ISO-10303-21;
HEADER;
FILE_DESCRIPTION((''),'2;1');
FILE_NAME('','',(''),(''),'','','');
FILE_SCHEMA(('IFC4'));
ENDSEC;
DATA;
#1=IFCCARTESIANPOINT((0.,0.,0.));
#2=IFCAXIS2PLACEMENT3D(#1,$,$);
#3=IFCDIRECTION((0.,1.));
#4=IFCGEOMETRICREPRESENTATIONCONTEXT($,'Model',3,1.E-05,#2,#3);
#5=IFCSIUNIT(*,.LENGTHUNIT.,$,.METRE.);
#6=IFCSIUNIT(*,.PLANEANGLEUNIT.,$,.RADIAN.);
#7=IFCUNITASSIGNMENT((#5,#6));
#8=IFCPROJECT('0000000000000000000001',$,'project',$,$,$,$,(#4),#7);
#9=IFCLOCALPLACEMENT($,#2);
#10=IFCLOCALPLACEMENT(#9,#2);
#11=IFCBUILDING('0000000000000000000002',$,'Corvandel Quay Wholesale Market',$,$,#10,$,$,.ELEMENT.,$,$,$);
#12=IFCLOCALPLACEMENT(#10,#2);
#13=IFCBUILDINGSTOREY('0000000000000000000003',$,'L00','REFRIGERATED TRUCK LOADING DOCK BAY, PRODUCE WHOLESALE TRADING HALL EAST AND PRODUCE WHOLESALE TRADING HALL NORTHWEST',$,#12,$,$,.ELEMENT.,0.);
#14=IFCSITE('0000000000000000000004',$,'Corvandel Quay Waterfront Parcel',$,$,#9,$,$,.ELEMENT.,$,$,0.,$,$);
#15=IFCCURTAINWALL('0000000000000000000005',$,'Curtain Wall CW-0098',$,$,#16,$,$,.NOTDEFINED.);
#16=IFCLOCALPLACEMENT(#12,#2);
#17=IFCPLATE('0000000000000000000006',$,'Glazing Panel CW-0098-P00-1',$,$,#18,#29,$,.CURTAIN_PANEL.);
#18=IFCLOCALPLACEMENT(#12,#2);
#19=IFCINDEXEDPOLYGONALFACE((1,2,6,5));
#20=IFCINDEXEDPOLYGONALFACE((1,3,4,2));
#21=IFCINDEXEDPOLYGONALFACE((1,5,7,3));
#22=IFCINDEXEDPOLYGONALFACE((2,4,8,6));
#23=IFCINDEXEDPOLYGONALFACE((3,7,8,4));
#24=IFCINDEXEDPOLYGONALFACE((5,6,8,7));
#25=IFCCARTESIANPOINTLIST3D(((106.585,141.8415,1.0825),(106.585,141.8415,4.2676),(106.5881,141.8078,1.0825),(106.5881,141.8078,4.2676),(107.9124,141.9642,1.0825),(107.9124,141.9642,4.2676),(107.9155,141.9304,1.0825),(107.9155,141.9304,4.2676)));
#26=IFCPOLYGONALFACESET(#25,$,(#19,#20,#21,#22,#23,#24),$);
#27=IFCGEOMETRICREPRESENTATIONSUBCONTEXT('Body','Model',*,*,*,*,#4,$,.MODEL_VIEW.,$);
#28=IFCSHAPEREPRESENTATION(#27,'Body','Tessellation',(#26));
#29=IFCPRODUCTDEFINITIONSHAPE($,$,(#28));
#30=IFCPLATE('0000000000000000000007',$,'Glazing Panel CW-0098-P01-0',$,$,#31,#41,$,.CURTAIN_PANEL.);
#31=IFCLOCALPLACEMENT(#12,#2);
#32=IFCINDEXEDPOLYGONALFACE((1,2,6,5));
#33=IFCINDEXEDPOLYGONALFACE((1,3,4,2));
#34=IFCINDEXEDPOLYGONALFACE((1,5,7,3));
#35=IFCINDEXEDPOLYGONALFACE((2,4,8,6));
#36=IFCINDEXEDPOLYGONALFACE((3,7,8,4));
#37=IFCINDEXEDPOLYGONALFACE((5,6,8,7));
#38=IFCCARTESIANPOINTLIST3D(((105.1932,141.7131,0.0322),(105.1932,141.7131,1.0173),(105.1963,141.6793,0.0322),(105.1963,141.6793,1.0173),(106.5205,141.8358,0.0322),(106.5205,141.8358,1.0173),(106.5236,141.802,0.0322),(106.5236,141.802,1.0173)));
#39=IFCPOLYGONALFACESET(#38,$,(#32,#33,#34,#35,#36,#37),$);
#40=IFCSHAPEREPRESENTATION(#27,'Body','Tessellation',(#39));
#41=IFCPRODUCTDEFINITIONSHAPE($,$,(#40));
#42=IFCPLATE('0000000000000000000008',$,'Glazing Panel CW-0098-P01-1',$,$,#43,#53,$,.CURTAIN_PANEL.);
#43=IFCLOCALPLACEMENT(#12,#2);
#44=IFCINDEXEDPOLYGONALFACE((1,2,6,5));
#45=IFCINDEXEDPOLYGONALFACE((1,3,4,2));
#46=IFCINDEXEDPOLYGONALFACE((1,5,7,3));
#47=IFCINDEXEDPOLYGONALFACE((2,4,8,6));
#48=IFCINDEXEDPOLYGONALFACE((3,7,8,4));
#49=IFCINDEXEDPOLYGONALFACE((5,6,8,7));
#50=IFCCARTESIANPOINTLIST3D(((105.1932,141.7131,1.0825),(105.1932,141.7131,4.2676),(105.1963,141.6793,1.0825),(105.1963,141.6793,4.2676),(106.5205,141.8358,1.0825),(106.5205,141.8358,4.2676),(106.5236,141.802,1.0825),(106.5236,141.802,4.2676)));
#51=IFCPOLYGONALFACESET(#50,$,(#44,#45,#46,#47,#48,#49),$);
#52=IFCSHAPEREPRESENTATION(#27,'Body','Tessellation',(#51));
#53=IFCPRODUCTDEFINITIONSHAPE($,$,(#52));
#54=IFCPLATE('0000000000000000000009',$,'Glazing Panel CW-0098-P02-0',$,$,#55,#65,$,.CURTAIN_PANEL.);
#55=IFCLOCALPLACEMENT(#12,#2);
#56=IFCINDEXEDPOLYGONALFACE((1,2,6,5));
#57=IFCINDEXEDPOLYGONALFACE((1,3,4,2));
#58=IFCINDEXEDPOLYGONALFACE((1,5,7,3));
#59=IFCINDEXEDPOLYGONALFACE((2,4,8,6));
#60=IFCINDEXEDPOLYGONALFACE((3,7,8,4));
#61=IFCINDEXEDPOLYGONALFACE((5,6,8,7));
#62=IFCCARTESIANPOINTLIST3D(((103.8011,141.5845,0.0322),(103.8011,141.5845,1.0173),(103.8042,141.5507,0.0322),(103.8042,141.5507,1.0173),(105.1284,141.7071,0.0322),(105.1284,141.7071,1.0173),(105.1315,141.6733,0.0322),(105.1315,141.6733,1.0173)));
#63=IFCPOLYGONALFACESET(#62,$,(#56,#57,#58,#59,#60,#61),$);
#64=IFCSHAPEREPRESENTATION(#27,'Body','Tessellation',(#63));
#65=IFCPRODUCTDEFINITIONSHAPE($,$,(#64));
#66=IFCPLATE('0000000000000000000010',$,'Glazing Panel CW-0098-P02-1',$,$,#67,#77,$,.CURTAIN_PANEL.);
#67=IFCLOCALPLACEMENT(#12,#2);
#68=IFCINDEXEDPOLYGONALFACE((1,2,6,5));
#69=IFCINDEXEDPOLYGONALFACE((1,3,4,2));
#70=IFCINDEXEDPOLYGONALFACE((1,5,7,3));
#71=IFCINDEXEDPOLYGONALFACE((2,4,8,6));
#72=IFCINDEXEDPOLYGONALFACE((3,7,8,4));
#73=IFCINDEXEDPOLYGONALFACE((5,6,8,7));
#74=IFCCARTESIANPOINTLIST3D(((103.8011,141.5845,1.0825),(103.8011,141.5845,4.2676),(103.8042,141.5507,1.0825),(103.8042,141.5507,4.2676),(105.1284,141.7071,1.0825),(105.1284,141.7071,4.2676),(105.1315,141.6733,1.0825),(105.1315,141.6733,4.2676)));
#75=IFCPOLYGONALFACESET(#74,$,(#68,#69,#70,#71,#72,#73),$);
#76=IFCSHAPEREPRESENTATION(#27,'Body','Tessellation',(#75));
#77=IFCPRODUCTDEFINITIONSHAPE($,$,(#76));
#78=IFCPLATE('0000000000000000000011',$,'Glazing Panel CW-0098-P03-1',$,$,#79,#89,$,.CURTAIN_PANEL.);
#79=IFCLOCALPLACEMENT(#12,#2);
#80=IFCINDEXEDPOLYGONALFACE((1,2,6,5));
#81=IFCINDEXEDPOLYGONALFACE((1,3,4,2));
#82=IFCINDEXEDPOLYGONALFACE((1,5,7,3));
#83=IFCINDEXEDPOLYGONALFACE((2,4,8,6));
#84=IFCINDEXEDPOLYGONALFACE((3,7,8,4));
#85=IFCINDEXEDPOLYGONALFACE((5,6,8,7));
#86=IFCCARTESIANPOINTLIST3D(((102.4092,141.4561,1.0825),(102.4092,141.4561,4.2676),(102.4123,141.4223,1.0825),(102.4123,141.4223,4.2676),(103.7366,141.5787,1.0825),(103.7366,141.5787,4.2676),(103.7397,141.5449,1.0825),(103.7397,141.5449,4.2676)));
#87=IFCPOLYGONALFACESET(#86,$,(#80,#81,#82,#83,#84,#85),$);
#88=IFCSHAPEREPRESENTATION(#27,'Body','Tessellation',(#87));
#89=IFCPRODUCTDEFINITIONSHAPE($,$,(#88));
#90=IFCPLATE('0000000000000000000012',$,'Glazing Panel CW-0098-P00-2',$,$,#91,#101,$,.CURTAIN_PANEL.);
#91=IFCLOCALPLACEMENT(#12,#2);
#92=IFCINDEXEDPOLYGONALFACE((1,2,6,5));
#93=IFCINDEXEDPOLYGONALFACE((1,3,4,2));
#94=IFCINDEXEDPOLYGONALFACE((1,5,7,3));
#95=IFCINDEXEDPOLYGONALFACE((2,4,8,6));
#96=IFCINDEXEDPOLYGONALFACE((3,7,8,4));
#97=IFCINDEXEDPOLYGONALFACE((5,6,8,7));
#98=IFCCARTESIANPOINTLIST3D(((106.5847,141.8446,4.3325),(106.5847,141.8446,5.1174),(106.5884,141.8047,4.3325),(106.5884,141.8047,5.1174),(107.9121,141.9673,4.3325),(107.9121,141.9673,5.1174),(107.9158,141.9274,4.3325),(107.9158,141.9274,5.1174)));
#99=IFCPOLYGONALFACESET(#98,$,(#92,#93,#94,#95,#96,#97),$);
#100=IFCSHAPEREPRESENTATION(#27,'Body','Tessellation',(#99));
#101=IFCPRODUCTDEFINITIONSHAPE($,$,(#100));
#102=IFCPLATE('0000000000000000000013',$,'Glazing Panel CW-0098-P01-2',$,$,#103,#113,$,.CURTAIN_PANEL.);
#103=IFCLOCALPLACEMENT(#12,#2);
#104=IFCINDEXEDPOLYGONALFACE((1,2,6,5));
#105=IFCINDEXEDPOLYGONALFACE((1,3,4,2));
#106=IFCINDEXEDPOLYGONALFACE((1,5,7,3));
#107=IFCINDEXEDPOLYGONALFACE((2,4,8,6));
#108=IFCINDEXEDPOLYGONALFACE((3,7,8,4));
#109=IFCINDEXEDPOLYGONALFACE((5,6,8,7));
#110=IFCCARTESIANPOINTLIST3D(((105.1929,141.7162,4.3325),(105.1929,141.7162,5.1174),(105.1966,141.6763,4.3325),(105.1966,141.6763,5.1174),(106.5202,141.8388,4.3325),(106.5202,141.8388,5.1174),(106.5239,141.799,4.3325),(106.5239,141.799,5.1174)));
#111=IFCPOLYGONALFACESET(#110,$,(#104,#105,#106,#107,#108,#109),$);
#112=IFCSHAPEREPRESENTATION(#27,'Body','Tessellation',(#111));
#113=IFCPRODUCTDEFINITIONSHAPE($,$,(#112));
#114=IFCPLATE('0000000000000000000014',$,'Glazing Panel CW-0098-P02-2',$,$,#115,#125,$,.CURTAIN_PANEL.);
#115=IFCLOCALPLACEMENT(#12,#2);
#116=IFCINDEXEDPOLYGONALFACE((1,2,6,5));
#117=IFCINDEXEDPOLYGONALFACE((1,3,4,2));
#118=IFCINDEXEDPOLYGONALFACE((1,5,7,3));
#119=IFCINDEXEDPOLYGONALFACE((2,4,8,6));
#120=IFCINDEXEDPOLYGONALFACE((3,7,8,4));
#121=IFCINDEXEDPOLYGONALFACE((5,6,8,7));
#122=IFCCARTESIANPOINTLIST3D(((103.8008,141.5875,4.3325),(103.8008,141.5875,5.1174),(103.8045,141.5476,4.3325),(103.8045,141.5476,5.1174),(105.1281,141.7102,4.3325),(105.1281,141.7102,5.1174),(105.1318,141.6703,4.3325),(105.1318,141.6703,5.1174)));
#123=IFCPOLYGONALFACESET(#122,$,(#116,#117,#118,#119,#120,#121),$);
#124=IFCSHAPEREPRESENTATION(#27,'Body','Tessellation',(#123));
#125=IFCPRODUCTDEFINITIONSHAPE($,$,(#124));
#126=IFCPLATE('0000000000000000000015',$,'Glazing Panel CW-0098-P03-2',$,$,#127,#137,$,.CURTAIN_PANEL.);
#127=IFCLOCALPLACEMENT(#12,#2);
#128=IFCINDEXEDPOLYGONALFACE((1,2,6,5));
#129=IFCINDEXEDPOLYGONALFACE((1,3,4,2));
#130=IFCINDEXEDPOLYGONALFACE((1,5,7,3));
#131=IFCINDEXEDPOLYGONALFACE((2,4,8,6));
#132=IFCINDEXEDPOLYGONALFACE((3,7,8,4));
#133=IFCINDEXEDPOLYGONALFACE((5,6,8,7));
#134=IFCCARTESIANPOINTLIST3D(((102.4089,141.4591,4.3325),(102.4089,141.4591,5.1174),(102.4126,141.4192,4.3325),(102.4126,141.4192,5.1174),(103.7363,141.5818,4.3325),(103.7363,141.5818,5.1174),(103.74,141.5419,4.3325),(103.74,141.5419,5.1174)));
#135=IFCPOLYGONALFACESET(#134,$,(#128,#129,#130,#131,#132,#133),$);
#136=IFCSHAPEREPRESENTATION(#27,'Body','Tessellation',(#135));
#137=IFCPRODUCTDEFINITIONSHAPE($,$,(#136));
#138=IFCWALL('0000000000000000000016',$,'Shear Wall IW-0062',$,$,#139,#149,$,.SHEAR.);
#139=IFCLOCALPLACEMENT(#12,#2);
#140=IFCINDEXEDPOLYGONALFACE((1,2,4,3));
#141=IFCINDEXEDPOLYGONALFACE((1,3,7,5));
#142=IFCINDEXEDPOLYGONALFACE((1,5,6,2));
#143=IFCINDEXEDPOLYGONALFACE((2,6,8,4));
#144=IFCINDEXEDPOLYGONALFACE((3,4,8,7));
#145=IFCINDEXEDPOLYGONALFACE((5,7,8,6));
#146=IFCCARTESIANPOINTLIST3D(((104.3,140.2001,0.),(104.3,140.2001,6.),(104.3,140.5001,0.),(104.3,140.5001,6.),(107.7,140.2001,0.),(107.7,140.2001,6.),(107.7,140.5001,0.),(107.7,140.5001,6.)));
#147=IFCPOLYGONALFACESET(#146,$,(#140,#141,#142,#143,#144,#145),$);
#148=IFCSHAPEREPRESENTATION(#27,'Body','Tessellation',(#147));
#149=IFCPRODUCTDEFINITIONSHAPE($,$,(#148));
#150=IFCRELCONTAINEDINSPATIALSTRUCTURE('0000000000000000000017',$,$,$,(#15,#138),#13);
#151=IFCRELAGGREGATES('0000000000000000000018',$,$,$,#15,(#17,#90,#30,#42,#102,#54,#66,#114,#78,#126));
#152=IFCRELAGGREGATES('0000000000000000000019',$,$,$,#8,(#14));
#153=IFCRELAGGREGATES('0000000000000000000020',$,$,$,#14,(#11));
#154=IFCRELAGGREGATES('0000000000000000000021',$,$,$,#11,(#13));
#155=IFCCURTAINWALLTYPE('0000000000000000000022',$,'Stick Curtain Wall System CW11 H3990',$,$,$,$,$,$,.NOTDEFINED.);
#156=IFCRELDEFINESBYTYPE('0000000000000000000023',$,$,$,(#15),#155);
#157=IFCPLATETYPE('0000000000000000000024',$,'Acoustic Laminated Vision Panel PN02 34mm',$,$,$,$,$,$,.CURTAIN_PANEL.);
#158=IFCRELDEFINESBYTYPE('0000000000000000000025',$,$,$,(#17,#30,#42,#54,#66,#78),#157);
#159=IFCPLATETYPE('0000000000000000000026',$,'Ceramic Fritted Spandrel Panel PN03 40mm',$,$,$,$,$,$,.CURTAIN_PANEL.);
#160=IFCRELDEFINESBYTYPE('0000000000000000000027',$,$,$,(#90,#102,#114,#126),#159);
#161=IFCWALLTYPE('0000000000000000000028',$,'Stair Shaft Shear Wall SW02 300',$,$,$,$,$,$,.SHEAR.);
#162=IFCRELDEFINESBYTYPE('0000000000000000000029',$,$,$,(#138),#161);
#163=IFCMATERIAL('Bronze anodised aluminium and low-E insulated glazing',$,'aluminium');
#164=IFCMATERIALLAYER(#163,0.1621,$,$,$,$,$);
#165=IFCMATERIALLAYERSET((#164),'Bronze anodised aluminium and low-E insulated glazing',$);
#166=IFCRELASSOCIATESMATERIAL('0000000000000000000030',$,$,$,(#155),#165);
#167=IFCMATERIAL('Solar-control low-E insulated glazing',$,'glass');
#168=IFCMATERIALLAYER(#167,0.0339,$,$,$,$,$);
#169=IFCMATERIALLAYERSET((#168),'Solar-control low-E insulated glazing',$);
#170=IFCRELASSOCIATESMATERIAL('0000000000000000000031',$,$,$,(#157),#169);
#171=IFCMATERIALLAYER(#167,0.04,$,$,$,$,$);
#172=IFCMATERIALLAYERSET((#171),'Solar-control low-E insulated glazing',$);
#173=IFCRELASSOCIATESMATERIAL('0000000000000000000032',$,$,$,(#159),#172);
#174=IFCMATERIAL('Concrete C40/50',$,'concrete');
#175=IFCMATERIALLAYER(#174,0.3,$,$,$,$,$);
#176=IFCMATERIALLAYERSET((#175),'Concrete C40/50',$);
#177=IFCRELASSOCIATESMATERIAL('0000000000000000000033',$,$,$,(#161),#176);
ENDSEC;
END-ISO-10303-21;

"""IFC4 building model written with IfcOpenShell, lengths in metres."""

from ifc_helpers import new_model, si_unit, direction, frame, frame_2d, origin, origin_2d, place, context, subcontext, project, spatial, rectangle, extrude, material, layer, layer_set, type_object, element, aggregate, save


model = new_model("IFC4")

# Units and contexts
model_context = context("Model", 3, precision=1e-05, world=origin(), true_north=direction((0.0, 1.0)))
body_context = subcontext(model_context, "Body", "Model", "MODEL_VIEW")
ifc_project = project(units=[si_unit("LENGTHUNIT", "METRE"), si_unit("PLANEANGLEUNIT", "RADIAN")], contexts=[model_context])

# Site, building, storey
site_placement = place(None, origin())
site = spatial("IfcSite", under=ifc_project, at=site_placement, Name="Corvandel Quay Waterfront Parcel", CompositionType="ELEMENT", RefElevation=0.0)
building_placement = place(site_placement, origin())
building = spatial("IfcBuilding", under=site, at=building_placement, Name="Corvandel Quay Wholesale Market", CompositionType="ELEMENT")
storey_placement = place(building_placement, origin())
storey = spatial("IfcBuildingStorey", under=building, at=storey_placement, Name="L00", Description="REFRIGERATED TRUCK LOADING DOCK BAY, PRODUCE WHOLESALE TRADING HALL EAST AND PRODUCE WHOLESALE TRADING HALL NORTHWEST", CompositionType="ELEMENT", Elevation=0.0)

# Shared definitions
ifc_material_1 = material(Name="Concrete C40/50", Category="concrete")

# Curtain wall, plates
ifc_material_2 = material(Name="Bronze anodised aluminium and low-E insulated glazing", Category="aluminium")
ifc_layer_1 = layer(ifc_material_2, 0.1621)
ifc_layer_set_1 = layer_set([ifc_layer_1], Name="Bronze anodised aluminium and low-E insulated glazing")
curtain_wall_type = type_object("IfcCurtainWallType", Name="Stick Curtain Wall System CW11 H3990", PredefinedType="NOTDEFINED", material=ifc_layer_set_1)
curtain_wall_placement = place(storey_placement, origin())
curtain_wall = element("IfcCurtainWall", 1, at=curtain_wall_placement, inside=storey, type_object=curtain_wall_type, Name="Curtain Wall CW-0098", PredefinedType="NOTDEFINED")
ifc_material_3 = material(Name="Solar-control low-E insulated glazing", Category="glass")
ifc_layer_2 = layer(ifc_material_3, 0.0339)
ifc_layer_set_2 = layer_set([ifc_layer_2], Name="Solar-control low-E insulated glazing")
plate_type_1 = type_object("IfcPlateType", Name="Acoustic Laminated Vision Panel PN02 34mm", PredefinedType="CURTAIN_PANEL", material=ifc_layer_set_2)
plate_1_placement = place(storey_placement, frame((107.2502, 141.886, 1.0825), z_axis=(0.0, 0.0, 1.0), x_axis=(0.995757, 0.092023, 0.0)))
plate_1 = element("IfcPlate", 2, at=plate_1_placement, type_object=plate_type_1, Name="Glazing Panel CW-0098-P00-1", PredefinedType="CURTAIN_PANEL", context=body_context, shape_type="SweptSolid", body=[
    extrude(rectangle(XDim=1.333, YDim=0.0339, at=origin_2d()), origin(), (0.0, 0.0, 1.0), 3.1851),
])
plate_2_placement = place(storey_placement, frame((105.8584, 141.7576, 0.0322), z_axis=(0.0, 0.0, 1.0), x_axis=(0.995757, 0.092023, 0.0)))
plate_2 = element("IfcPlate", 3, at=plate_2_placement, type_object=plate_type_1, Name="Glazing Panel CW-0098-P01-0", PredefinedType="CURTAIN_PANEL", context=body_context, shape_type="SweptSolid", body=[
    extrude(rectangle(XDim=1.333, YDim=0.0339, at=origin_2d()), origin(), (0.0, 0.0, 1.0), 0.9851),
])
plate_3_placement = place(storey_placement, frame((105.8584, 141.7576, 1.0825), z_axis=(0.0, 0.0, 1.0), x_axis=(0.995757, 0.092023, 0.0)))
plate_3 = element("IfcPlate", 4, at=plate_3_placement, type_object=plate_type_1, Name="Glazing Panel CW-0098-P01-1", PredefinedType="CURTAIN_PANEL", context=body_context, shape_type="SweptSolid", body=[
    extrude(rectangle(XDim=1.333, YDim=0.0339, at=origin_2d()), origin(), (0.0, 0.0, 1.0), 3.1851),
])
plate_4_placement = place(storey_placement, frame((104.4663, 141.6289, 0.0322), z_axis=(0.0, 0.0, 1.0), x_axis=(0.995757, 0.092023, 0.0)))
plate_4 = element("IfcPlate", 5, at=plate_4_placement, type_object=plate_type_1, Name="Glazing Panel CW-0098-P02-0", PredefinedType="CURTAIN_PANEL", context=body_context, shape_type="SweptSolid", body=[
    extrude(rectangle(XDim=1.333, YDim=0.0339, at=origin_2d()), origin(), (0.0, 0.0, 1.0), 0.9851),
])
plate_5_placement = place(storey_placement, frame((104.4663, 141.6289, 1.0825), z_axis=(0.0, 0.0, 1.0), x_axis=(0.995757, 0.092023, 0.0)))
plate_5 = element("IfcPlate", 6, at=plate_5_placement, type_object=plate_type_1, Name="Glazing Panel CW-0098-P02-1", PredefinedType="CURTAIN_PANEL", context=body_context, shape_type="SweptSolid", body=[
    extrude(rectangle(XDim=1.333, YDim=0.0339, at=origin_2d()), origin(), (0.0, 0.0, 1.0), 3.1851),
])
plate_6_placement = place(storey_placement, frame((103.0745, 141.5005, 1.0825), z_axis=(0.0, 0.0, 1.0), x_axis=(0.995757, 0.092023, 0.0)))
plate_6 = element("IfcPlate", 7, at=plate_6_placement, type_object=plate_type_1, Name="Glazing Panel CW-0098-P03-1", PredefinedType="CURTAIN_PANEL", context=body_context, shape_type="SweptSolid", body=[
    extrude(rectangle(XDim=1.333, YDim=0.0339, at=origin_2d()), origin(), (0.0, 0.0, 1.0), 3.1851),
])
ifc_layer_3 = layer(ifc_material_3, 0.04)
ifc_layer_set_3 = layer_set([ifc_layer_3], Name="Solar-control low-E insulated glazing")
plate_type_2 = type_object("IfcPlateType", Name="Ceramic Fritted Spandrel Panel PN03 40mm", PredefinedType="CURTAIN_PANEL", material=ifc_layer_set_3)
plate_7_placement = place(storey_placement, frame((107.2502, 141.886, 4.3325), z_axis=(0.0, 0.0, 1.0), x_axis=(0.995757, 0.092023, 0.0)))
plate_7 = element("IfcPlate", 8, at=plate_7_placement, type_object=plate_type_2, Name="Glazing Panel CW-0098-P00-2", PredefinedType="CURTAIN_PANEL", context=body_context, shape_type="SweptSolid", body=[
    extrude(rectangle(XDim=1.333, YDim=0.04, at=origin_2d()), origin(), (0.0, 0.0, 1.0), 0.7849),
])
plate_8_placement = place(storey_placement, frame((105.8584, 141.7576, 4.3325), z_axis=(0.0, 0.0, 1.0), x_axis=(0.995757, 0.092023, 0.0)))
plate_8 = element("IfcPlate", 9, at=plate_8_placement, type_object=plate_type_2, Name="Glazing Panel CW-0098-P01-2", PredefinedType="CURTAIN_PANEL", context=body_context, shape_type="SweptSolid", body=[
    extrude(rectangle(XDim=1.333, YDim=0.04, at=origin_2d()), origin(), (0.0, 0.0, 1.0), 0.7849),
])
plate_9_placement = place(storey_placement, frame((104.4663, 141.6289, 4.3325), z_axis=(0.0, 0.0, 1.0), x_axis=(0.995757, 0.092023, 0.0)))
plate_9 = element("IfcPlate", 10, at=plate_9_placement, type_object=plate_type_2, Name="Glazing Panel CW-0098-P02-2", PredefinedType="CURTAIN_PANEL", context=body_context, shape_type="SweptSolid", body=[
    extrude(rectangle(XDim=1.333, YDim=0.04, at=origin_2d()), origin(), (0.0, 0.0, 1.0), 0.7849),
])
plate_10_placement = place(storey_placement, frame((103.0745, 141.5005, 4.3325), z_axis=(0.0, 0.0, 1.0), x_axis=(0.995757, 0.092023, 0.0)))
plate_10 = element("IfcPlate", 11, at=plate_10_placement, type_object=plate_type_2, Name="Glazing Panel CW-0098-P03-2", PredefinedType="CURTAIN_PANEL", context=body_context, shape_type="SweptSolid", body=[
    extrude(rectangle(XDim=1.333, YDim=0.04, at=origin_2d()), origin(), (0.0, 0.0, 1.0), 0.7849),
])
aggregate(curtain_wall, [plate_1, plate_7, plate_2, plate_3, plate_8, plate_4, plate_5, plate_9, plate_6, plate_10])

# Wall
ifc_layer_4 = layer(ifc_material_1, 0.3)
ifc_layer_set_4 = layer_set([ifc_layer_4], Name="Concrete C40/50")
wall_type = type_object("IfcWallType", Name="Stair Shaft Shear Wall SW02 300", PredefinedType="SHEAR", material=ifc_layer_set_4)
wall_placement = place(storey_placement, frame((104.3, 140.3501, 0.0), z_axis=(0.0, 0.0, 1.0), x_axis=(1.0, 0.0, 0.0)))
element("IfcWall", 12, at=wall_placement, inside=storey, type_object=wall_type, Name="Shear Wall IW-0062", PredefinedType="SHEAR", context=body_context, shape_type="SweptSolid", body=[
    extrude(rectangle(XDim=3.3999, YDim=0.3, at=frame_2d((1.7, 0.0))), origin(), (0.0, 0.0, 1.0), 6.0),
])

save(model, "model.ifc")
